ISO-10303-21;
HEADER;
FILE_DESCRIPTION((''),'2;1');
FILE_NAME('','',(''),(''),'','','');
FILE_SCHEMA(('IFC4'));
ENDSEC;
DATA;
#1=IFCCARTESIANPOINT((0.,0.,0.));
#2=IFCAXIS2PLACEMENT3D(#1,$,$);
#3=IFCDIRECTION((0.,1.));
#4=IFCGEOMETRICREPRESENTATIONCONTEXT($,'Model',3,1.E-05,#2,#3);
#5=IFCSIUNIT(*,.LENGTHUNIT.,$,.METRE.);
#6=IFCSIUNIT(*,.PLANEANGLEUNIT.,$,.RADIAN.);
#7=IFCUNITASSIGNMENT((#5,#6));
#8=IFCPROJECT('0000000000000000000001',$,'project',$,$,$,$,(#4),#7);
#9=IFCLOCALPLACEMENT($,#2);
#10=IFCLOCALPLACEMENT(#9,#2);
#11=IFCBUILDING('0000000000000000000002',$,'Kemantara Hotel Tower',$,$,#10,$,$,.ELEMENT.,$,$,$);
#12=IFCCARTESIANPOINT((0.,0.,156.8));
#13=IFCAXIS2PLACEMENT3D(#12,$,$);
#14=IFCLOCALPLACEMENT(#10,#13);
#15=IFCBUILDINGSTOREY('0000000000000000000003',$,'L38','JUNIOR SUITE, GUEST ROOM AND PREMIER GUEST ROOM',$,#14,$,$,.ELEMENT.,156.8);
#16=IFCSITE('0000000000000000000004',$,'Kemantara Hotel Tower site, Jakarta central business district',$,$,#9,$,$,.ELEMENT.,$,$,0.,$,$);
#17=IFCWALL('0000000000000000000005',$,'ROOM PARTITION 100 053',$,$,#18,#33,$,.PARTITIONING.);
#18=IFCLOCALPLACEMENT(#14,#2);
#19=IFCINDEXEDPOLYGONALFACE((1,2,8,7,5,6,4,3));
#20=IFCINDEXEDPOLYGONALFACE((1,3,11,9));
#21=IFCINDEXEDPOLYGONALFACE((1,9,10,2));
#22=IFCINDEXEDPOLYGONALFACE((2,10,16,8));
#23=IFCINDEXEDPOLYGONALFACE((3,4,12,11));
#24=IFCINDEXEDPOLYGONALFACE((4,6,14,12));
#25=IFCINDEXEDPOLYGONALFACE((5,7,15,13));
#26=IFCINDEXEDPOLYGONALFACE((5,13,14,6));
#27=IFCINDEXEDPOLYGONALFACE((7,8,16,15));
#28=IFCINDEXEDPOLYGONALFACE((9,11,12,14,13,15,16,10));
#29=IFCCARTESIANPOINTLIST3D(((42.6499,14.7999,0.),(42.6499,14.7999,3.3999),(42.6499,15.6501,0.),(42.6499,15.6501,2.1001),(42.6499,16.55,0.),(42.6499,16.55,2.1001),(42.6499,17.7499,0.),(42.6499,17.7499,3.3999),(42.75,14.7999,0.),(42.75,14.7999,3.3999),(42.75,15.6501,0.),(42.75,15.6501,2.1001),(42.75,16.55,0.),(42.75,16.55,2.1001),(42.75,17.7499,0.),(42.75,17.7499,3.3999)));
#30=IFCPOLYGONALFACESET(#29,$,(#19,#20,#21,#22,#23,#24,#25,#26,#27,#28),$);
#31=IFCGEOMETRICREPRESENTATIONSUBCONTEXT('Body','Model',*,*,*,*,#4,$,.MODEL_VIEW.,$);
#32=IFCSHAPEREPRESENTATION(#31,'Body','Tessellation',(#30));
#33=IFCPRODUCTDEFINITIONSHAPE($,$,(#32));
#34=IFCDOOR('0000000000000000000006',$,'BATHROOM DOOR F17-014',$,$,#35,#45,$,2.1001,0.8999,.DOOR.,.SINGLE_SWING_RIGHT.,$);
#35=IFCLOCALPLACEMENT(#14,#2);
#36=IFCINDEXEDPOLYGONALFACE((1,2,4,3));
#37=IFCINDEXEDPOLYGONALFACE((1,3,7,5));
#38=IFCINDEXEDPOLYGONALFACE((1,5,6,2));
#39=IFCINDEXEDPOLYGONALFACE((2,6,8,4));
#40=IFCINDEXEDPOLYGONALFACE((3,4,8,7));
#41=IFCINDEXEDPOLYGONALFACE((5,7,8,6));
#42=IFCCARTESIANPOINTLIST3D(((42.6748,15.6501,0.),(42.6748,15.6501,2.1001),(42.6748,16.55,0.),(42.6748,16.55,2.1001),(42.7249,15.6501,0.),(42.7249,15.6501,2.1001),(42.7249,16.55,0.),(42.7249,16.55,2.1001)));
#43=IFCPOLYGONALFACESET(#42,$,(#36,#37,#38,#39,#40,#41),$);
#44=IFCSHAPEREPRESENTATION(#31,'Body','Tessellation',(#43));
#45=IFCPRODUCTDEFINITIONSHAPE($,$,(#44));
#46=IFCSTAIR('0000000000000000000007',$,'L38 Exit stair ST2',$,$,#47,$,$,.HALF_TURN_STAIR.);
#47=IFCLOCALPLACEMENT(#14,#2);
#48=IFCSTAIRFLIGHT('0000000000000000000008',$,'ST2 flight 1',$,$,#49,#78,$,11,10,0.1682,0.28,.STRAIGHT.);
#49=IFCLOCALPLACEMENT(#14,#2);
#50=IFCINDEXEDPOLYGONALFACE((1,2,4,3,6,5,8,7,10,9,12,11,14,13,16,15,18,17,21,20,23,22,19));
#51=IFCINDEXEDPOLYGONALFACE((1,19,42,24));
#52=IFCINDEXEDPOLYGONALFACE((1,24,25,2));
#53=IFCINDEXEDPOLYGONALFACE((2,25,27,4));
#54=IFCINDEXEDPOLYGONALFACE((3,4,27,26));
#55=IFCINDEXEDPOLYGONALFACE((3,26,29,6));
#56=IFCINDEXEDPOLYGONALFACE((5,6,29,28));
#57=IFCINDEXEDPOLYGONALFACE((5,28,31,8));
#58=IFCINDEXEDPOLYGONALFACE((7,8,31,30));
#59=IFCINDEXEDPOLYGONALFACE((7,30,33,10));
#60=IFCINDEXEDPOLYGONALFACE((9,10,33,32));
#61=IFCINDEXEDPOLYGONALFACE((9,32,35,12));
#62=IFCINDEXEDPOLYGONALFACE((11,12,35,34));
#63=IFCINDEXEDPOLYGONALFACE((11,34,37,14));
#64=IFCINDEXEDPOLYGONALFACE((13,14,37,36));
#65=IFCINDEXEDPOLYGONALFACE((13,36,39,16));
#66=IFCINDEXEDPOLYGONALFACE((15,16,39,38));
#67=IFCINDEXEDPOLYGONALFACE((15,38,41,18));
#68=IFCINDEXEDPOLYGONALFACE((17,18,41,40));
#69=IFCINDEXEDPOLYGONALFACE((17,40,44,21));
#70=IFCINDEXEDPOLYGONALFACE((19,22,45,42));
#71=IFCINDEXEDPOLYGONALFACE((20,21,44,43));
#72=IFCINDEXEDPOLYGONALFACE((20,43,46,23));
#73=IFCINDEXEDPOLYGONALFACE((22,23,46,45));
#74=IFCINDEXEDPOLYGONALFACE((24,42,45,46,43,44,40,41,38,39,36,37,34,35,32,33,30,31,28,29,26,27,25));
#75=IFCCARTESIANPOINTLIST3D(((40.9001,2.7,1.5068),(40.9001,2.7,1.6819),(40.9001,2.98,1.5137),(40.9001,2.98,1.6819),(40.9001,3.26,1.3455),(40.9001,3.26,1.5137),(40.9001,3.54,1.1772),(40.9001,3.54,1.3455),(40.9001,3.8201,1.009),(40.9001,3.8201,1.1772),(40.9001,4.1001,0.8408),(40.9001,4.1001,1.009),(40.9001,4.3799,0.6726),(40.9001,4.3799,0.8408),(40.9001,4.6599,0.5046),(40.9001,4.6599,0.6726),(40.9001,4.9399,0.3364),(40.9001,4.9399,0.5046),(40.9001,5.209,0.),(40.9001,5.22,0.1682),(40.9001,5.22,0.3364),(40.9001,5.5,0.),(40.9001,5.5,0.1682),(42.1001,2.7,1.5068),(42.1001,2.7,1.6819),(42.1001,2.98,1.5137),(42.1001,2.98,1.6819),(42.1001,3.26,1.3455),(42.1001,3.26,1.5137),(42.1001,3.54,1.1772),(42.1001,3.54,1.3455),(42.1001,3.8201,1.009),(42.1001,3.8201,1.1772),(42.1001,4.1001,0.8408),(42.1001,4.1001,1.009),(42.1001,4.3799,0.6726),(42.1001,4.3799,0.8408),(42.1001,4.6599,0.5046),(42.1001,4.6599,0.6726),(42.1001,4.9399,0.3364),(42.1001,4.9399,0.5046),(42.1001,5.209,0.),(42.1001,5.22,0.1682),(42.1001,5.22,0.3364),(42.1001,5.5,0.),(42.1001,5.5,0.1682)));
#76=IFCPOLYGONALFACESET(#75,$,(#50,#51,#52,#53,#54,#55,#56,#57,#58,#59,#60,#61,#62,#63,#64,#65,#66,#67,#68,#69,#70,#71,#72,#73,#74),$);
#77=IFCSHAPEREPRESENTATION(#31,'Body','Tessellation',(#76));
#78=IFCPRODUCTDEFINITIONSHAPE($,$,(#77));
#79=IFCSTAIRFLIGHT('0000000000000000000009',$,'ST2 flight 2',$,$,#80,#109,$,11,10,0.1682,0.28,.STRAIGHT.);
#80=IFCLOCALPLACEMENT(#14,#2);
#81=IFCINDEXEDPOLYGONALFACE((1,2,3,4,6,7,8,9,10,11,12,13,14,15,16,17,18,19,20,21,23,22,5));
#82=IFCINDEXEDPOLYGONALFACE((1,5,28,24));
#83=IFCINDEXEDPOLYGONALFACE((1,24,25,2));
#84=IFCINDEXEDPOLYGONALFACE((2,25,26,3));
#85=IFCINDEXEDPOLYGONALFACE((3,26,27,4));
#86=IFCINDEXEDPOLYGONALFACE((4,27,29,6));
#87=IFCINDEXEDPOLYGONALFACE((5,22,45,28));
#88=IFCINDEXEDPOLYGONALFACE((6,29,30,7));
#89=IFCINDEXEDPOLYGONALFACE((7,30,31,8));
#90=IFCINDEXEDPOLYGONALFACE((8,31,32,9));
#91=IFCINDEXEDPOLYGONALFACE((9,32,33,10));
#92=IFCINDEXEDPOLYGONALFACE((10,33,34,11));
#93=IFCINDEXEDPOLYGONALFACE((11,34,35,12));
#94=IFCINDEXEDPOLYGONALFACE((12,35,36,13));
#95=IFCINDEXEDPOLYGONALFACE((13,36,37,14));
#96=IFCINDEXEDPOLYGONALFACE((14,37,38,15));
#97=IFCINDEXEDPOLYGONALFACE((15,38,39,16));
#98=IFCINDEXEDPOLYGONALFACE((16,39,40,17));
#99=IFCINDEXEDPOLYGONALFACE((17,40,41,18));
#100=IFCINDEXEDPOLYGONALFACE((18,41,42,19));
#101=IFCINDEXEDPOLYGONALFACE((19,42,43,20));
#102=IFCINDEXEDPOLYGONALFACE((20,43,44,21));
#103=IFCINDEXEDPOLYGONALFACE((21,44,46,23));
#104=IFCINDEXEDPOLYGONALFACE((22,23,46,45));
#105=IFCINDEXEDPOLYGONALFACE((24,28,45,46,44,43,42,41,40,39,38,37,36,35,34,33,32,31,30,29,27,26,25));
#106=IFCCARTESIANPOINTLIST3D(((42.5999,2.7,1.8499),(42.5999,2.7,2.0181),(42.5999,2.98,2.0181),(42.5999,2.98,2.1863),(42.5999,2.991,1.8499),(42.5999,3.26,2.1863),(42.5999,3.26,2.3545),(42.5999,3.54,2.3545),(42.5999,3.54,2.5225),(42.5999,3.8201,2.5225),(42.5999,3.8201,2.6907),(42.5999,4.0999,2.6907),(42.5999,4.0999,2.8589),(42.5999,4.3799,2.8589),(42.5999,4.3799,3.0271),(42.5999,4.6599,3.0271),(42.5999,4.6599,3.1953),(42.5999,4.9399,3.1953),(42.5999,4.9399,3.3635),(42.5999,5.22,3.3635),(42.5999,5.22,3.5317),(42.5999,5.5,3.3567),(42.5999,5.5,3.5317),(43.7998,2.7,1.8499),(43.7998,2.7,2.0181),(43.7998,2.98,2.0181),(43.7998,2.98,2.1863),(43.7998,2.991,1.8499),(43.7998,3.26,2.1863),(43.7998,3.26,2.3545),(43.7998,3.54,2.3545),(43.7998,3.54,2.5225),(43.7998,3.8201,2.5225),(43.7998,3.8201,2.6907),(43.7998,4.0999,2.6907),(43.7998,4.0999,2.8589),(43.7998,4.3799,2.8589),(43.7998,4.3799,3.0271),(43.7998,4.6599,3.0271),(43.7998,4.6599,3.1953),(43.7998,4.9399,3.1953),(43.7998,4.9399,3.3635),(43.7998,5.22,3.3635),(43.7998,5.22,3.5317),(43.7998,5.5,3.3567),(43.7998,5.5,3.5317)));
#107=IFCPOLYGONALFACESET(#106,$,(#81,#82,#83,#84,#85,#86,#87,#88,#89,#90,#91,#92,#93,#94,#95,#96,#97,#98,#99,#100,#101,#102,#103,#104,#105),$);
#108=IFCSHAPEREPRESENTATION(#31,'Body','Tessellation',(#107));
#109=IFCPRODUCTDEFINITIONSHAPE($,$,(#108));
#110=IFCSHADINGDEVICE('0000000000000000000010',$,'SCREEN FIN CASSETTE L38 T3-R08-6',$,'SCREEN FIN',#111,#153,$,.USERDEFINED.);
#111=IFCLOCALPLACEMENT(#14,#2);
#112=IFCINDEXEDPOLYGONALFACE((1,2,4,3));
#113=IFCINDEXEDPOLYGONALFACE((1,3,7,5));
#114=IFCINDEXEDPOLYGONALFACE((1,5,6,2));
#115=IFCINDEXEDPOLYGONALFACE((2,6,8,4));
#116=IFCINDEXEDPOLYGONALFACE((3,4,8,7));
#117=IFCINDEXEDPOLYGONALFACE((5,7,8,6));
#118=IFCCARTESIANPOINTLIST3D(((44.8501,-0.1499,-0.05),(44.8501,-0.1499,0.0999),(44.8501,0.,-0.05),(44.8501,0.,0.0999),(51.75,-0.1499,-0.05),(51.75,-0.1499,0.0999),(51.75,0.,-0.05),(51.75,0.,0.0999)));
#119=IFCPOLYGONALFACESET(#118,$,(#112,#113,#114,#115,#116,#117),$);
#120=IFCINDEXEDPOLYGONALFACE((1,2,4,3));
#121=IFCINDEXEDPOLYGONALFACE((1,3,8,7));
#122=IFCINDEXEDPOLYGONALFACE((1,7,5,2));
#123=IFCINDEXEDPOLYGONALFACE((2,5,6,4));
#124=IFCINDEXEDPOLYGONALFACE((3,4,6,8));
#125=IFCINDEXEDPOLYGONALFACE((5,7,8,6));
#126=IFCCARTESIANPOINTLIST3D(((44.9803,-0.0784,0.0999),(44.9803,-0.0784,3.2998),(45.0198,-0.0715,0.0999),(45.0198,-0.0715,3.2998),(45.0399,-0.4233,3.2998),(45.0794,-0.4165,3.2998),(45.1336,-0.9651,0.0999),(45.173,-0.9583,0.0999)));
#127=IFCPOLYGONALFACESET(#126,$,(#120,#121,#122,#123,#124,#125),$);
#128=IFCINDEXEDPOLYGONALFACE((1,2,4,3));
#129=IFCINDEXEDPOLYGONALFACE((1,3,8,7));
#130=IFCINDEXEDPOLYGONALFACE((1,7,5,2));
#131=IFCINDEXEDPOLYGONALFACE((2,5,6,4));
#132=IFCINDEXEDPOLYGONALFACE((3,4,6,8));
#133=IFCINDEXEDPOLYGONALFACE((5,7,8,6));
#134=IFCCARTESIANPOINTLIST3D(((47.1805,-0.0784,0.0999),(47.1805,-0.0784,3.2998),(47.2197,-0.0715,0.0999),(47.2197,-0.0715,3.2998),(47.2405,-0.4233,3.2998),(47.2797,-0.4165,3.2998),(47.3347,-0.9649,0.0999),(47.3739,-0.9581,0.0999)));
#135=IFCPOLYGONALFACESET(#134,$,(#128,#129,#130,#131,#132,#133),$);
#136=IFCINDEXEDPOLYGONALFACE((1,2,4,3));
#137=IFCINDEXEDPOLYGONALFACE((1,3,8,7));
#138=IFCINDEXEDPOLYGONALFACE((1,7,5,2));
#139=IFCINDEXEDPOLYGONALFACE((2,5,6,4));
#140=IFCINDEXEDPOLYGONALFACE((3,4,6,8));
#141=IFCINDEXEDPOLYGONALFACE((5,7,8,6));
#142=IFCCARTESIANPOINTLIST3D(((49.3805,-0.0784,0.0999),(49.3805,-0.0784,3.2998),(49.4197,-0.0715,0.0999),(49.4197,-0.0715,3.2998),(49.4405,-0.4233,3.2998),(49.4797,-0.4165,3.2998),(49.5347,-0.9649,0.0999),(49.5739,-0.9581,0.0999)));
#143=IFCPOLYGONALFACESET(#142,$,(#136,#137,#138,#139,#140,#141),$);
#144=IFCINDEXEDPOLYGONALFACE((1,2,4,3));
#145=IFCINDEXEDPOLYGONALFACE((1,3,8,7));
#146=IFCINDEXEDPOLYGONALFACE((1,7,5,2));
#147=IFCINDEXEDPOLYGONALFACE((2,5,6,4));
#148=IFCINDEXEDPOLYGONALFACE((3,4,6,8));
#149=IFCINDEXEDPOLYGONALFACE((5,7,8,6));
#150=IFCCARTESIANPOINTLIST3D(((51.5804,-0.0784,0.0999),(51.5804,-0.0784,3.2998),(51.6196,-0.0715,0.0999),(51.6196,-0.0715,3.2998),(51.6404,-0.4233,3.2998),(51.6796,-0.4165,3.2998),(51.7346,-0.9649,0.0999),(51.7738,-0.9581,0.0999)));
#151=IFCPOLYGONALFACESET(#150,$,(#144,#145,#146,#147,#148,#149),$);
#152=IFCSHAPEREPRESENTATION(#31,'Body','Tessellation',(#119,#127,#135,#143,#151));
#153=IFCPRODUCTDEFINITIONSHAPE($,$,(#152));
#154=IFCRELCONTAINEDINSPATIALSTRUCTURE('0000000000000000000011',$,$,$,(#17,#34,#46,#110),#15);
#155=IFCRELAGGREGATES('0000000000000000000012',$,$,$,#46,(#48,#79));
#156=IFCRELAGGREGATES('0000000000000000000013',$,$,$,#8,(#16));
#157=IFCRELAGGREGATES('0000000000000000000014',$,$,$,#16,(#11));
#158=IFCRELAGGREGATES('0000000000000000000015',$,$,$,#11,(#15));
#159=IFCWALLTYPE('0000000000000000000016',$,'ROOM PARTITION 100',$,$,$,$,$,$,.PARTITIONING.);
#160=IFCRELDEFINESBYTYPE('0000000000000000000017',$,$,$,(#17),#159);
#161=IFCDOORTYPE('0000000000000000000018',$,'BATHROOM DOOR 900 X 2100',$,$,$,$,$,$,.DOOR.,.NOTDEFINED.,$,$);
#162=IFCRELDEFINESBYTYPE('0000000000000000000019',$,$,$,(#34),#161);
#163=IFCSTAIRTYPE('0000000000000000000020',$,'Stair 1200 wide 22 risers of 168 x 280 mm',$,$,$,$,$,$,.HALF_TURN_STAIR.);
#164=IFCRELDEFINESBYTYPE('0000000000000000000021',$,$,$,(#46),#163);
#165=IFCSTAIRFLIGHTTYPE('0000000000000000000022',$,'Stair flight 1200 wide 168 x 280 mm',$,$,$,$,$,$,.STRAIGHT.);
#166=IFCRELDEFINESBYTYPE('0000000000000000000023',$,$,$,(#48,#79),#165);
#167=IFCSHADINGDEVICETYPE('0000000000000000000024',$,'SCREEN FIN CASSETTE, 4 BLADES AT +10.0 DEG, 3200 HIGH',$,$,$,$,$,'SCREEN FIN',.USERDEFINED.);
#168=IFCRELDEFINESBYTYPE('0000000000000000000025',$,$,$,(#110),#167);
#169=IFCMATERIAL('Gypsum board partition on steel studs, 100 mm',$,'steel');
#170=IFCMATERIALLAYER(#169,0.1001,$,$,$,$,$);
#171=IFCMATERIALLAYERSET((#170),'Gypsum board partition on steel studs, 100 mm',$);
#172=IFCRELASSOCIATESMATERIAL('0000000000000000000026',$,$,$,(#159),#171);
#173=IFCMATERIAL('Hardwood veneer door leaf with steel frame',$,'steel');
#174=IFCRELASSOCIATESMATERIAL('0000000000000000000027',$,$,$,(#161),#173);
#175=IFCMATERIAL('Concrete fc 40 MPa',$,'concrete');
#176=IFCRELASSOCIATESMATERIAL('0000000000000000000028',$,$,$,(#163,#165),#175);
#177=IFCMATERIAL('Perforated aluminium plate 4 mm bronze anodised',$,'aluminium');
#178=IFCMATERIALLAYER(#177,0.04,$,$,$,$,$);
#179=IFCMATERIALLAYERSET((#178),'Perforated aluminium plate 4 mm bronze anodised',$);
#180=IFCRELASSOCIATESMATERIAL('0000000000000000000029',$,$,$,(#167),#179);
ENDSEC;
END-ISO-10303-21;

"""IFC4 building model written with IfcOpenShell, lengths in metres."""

from ifc_helpers import new_model, si_unit, direction, frame, frame_2d, origin, origin_2d, place, context, subcontext, project, spatial, polyline, rectangle, outline, extrude, source, transform, mapped, material, layer, layer_set, type_object, element, fill, aggregate, save


model = new_model("IFC4")

# Units and contexts
model_context = context("Model", 3, precision=1e-05, world=origin(), true_north=direction((0.0, 1.0)))
body_context = subcontext(model_context, "Body", "Model", "MODEL_VIEW")
ifc_project = project(units=[si_unit("LENGTHUNIT", "METRE"), si_unit("PLANEANGLEUNIT", "RADIAN")], contexts=[model_context])

# Site, building, storey
site_placement = place(None, origin())
site = spatial("IfcSite", under=ifc_project, at=site_placement, Name="Kemantara Hotel Tower site, Jakarta central business district", CompositionType="ELEMENT", RefElevation=0.0)
building_placement = place(site_placement, origin())
building = spatial("IfcBuilding", under=site, at=building_placement, Name="Kemantara Hotel Tower", CompositionType="ELEMENT")
storey_placement = place(building_placement, frame((0.0, 0.0, 156.8)))
storey = spatial("IfcBuildingStorey", under=building, at=storey_placement, Name="L38", Description="JUNIOR SUITE, GUEST ROOM AND PREMIER GUEST ROOM", CompositionType="ELEMENT", Elevation=156.8)

# Shared definitions
ifc_material_1 = material(Name="Gypsum board partition on steel studs, 100 mm", Category="steel")
ifc_layer_1 = layer(ifc_material_1, 0.1001)
ifc_layer_set_1 = layer_set([ifc_layer_1], Name="Gypsum board partition on steel studs, 100 mm")
wall_type_1 = type_object("IfcWallType", Name="ROOM PARTITION 100", PredefinedType="PARTITIONING", material=ifc_layer_set_1)

# Wall, opening, door
ifc_material_2 = material(Name="Hardwood veneer door leaf with steel frame", Category="steel")
door_type_1 = type_object("IfcDoorType", Name="BATHROOM DOOR 900 X 2100", OperationType="NOTDEFINED", PredefinedType="DOOR", material=ifc_material_2)
wall_1_placement = place(storey_placement, frame((42.7, 17.75, 0.0), z_axis=(0.0, 0.0, 1.0), x_axis=(0.0, -1.0, 0.0)))
wall_1 = element("IfcWall", 1, at=wall_1_placement, inside=storey, type_object=wall_type_1, Name="ROOM PARTITION 100 053", PredefinedType="PARTITIONING", context=body_context, shape_type="SweptSolid", body=[
    extrude(rectangle(XDim=2.95, YDim=0.1001, at=frame_2d((1.4751, 0.0))), origin(), (0.0, 0.0, 1.0), 3.3999),
])
opening_1_placement = place(wall_1_placement, frame((1.2, 0.0, 0.0)))
opening_1 = element("IfcOpeningElement", 2, at=opening_1_placement, cuts=wall_1, PredefinedType="OPENING", context=body_context, shape_type="SweptSolid", body=[
    extrude(rectangle(XDim=0.8999, YDim=2.1001, at=frame_2d((0.45, 1.05))), frame((0.0, 0.0601, 0.0), z_axis=(0.0, -1.0, 0.0), x_axis=(1.0, 0.0, 0.0)), (0.0, 0.0, 1.0), 0.1201),
])
door_1_placement = place(opening_1_placement, origin())
door_1 = element("IfcDoor", 3, at=door_1_placement, inside=storey, type_object=door_type_1, Name="BATHROOM DOOR F17-014", OperationType="SINGLE_SWING_RIGHT", OverallHeight=2.1001, OverallWidth=0.8999, PredefinedType="DOOR", context=body_context, shape_type="SweptSolid", body=[
    extrude(rectangle(XDim=0.8999, YDim=2.1001, at=frame_2d((0.45, 1.05))), frame((0.0, 0.0249, 0.0), z_axis=(0.0, -1.0, 0.0), x_axis=(1.0, 0.0, 0.0)), (0.0, 0.0, 1.0), 0.05),
])
fill(opening_1, door_1)

# Stair, stair flights
ifc_material_3 = material(Name="Concrete fc 40 MPa", Category="concrete")
stair_type = type_object("IfcStairType", Name="Stair 1200 wide 22 risers of 168 x 280 mm", PredefinedType="HALF_TURN_STAIR", material=ifc_material_3)
stair_placement = place(storey_placement, origin())
stair = element("IfcStair", 4, at=stair_placement, inside=storey, type_object=stair_type, Name="L38 Exit stair ST2", PredefinedType="HALF_TURN_STAIR")
stair_flight_type = type_object("IfcStairFlightType", Name="Stair flight 1200 wide 168 x 280 mm", PredefinedType="STRAIGHT", material=ifc_material_3)
stair_flight_1_placement = place(storey_placement, frame((41.5, 5.5, 0.0), z_axis=(0.0, 0.0, 1.0), x_axis=(0.0, -1.0, 0.0)))
stair_flight_1 = element("IfcStairFlight", 5, at=stair_flight_1_placement, type_object=stair_flight_type, Name="ST2 flight 1", NumberOfRisers=11, NumberOfTreads=10, PredefinedType="STRAIGHT", RiserHeight=0.1682, TreadLength=0.28, context=body_context, shape_type="SweptSolid", body=[
    extrude(outline(polyline([(0.0, 0.0), (0.0, 0.1682), (0.28, 0.1682), (0.28, 0.3364), (0.5601, 0.3364), (0.5601, 0.5046), (0.8401, 0.5046), (0.8401, 0.6726), (1.1201, 0.6726), (1.1201, 0.8408), (1.3999, 0.8408), (1.3999, 1.009), (1.6799, 1.009), (1.6799, 1.1772), (1.96, 1.1772), (1.96, 1.3455), (2.24, 1.3455), (2.24, 1.5137), (2.52, 1.5137), (2.52, 1.6819), (2.8, 1.6819), (2.8, 1.8501), (2.8, 1.5068), (0.291, 0.0), (0.0, 0.0)])), frame((0.0, 0.6001, 0.0), z_axis=(0.0, -1.0, 0.0), x_axis=(1.0, 0.0, 0.0)), (0.0, 0.0, 1.0), 1.2),
])
stair_flight_2_placement = place(storey_placement, frame((43.2, 2.7, 1.8499), z_axis=(0.0, 0.0, 1.0), x_axis=(0.0, 1.0, 0.0)))
stair_flight_2 = element("IfcStairFlight", 6, at=stair_flight_2_placement, type_object=stair_flight_type, Name="ST2 flight 2", NumberOfRisers=11, NumberOfTreads=10, PredefinedType="STRAIGHT", RiserHeight=0.1682, TreadLength=0.28, context=body_context, shape_type="SweptSolid", body=[
    extrude(outline(polyline([(0.0, 0.0), (0.0, 0.1682), (0.28, 0.1682), (0.28, 0.3364), (0.5601, 0.3364), (0.5601, 0.5046), (0.8401, 0.5046), (0.8401, 0.6726), (1.1201, 0.6726), (1.1201, 0.8408), (1.3999, 0.8408), (1.3999, 1.009), (1.6799, 1.009), (1.6799, 1.1772), (1.96, 1.1772), (1.96, 1.3455), (2.24, 1.3455), (2.24, 1.5137), (2.52, 1.5137), (2.52, 1.6819), (2.8, 1.6819), (2.8, 1.8501), (2.8, 1.5068), (0.291, 0.0), (0.0, 0.0)])), frame((0.0, 0.6001, 0.0), z_axis=(0.0, -1.0, 0.0), x_axis=(1.0, 0.0, 0.0)), (0.0, 0.0, 1.0), 1.2),
])
aggregate(stair, [stair_flight_1, stair_flight_2])

# Shading device
ifc_material_4 = material(Name="Perforated aluminium plate 4 mm bronze anodised", Category="aluminium")
ifc_layer_2 = layer(ifc_material_4, 0.04)
ifc_layer_set_2 = layer_set([ifc_layer_2], Name="Perforated aluminium plate 4 mm bronze anodised")
shading_device_type = type_object("IfcShadingDeviceType", Name="SCREEN FIN CASSETTE, 4 BLADES AT +10.0 DEG, 3200 HIGH", ElementType="SCREEN FIN", PredefinedType="USERDEFINED", material=ifc_layer_set_2)
shared_shape = source(origin(), body_context, "Body", "SweptSolid", [
    extrude(rectangle(XDim=6.8999, YDim=0.1499, at=origin_2d()), frame((3.3, -0.075, -0.1499), z_axis=(0.0, 0.0, 1.0), x_axis=(1.0, 0.0, 0.0)), (0.0, 0.0, 1.0), 0.1499),
    extrude(outline(polyline([(0.0, 0.0), (0.8999, 0.0), (0.3501, 3.2), (0.0, 3.2), (0.0, 0.0)])), frame((0.0198, -0.0715, 0.0), z_axis=(-0.98539, -0.170314, 0.0), x_axis=(0.170314, -0.98539, 0.0)), (0.0, 0.0, 1.0), 0.04),
    extrude(outline(polyline([(0.0, 0.0), (0.8999, 0.0), (0.3501, 3.2), (0.0, 3.2), (0.0, 0.0)])), frame((2.2197, -0.0715, 0.0), z_axis=(-0.985212, -0.171341, 0.0), x_axis=(0.171341, -0.985212, 0.0)), (0.0, 0.0, 1.0), 0.0398),
    extrude(outline(polyline([(0.0, 0.0), (0.8999, 0.0), (0.3501, 3.2), (0.0, 3.2), (0.0, 0.0)])), frame((4.4197, -0.0715, 0.0), z_axis=(-0.985212, -0.171341, 0.0), x_axis=(0.171341, -0.985212, 0.0)), (0.0, 0.0, 1.0), 0.0398),
    extrude(outline(polyline([(0.0, 0.0), (0.8999, 0.0), (0.3501, 3.2), (0.0, 3.2), (0.0, 0.0)])), frame((6.6196, -0.0715, 0.0), z_axis=(-0.985212, -0.171341, 0.0), x_axis=(0.171341, -0.985212, 0.0)), (0.0, 0.0, 1.0), 0.0398),
])
shading_device_placement = place(storey_placement, frame((45.0, 0.0, 0.0999), z_axis=(0.0, 0.0, 1.0), x_axis=(1.0, 0.0, 0.0)))
element("IfcShadingDevice", 7, at=shading_device_placement, inside=storey, type_object=shading_device_type, Name="SCREEN FIN CASSETTE L38 T3-R08-6", ObjectType="SCREEN FIN", PredefinedType="USERDEFINED", context=body_context, shape_type="MappedRepresentation", body=[
    mapped(shared_shape, transform((0.0, 0.0, 0.0))),
])

save(model, "model.ifc")
